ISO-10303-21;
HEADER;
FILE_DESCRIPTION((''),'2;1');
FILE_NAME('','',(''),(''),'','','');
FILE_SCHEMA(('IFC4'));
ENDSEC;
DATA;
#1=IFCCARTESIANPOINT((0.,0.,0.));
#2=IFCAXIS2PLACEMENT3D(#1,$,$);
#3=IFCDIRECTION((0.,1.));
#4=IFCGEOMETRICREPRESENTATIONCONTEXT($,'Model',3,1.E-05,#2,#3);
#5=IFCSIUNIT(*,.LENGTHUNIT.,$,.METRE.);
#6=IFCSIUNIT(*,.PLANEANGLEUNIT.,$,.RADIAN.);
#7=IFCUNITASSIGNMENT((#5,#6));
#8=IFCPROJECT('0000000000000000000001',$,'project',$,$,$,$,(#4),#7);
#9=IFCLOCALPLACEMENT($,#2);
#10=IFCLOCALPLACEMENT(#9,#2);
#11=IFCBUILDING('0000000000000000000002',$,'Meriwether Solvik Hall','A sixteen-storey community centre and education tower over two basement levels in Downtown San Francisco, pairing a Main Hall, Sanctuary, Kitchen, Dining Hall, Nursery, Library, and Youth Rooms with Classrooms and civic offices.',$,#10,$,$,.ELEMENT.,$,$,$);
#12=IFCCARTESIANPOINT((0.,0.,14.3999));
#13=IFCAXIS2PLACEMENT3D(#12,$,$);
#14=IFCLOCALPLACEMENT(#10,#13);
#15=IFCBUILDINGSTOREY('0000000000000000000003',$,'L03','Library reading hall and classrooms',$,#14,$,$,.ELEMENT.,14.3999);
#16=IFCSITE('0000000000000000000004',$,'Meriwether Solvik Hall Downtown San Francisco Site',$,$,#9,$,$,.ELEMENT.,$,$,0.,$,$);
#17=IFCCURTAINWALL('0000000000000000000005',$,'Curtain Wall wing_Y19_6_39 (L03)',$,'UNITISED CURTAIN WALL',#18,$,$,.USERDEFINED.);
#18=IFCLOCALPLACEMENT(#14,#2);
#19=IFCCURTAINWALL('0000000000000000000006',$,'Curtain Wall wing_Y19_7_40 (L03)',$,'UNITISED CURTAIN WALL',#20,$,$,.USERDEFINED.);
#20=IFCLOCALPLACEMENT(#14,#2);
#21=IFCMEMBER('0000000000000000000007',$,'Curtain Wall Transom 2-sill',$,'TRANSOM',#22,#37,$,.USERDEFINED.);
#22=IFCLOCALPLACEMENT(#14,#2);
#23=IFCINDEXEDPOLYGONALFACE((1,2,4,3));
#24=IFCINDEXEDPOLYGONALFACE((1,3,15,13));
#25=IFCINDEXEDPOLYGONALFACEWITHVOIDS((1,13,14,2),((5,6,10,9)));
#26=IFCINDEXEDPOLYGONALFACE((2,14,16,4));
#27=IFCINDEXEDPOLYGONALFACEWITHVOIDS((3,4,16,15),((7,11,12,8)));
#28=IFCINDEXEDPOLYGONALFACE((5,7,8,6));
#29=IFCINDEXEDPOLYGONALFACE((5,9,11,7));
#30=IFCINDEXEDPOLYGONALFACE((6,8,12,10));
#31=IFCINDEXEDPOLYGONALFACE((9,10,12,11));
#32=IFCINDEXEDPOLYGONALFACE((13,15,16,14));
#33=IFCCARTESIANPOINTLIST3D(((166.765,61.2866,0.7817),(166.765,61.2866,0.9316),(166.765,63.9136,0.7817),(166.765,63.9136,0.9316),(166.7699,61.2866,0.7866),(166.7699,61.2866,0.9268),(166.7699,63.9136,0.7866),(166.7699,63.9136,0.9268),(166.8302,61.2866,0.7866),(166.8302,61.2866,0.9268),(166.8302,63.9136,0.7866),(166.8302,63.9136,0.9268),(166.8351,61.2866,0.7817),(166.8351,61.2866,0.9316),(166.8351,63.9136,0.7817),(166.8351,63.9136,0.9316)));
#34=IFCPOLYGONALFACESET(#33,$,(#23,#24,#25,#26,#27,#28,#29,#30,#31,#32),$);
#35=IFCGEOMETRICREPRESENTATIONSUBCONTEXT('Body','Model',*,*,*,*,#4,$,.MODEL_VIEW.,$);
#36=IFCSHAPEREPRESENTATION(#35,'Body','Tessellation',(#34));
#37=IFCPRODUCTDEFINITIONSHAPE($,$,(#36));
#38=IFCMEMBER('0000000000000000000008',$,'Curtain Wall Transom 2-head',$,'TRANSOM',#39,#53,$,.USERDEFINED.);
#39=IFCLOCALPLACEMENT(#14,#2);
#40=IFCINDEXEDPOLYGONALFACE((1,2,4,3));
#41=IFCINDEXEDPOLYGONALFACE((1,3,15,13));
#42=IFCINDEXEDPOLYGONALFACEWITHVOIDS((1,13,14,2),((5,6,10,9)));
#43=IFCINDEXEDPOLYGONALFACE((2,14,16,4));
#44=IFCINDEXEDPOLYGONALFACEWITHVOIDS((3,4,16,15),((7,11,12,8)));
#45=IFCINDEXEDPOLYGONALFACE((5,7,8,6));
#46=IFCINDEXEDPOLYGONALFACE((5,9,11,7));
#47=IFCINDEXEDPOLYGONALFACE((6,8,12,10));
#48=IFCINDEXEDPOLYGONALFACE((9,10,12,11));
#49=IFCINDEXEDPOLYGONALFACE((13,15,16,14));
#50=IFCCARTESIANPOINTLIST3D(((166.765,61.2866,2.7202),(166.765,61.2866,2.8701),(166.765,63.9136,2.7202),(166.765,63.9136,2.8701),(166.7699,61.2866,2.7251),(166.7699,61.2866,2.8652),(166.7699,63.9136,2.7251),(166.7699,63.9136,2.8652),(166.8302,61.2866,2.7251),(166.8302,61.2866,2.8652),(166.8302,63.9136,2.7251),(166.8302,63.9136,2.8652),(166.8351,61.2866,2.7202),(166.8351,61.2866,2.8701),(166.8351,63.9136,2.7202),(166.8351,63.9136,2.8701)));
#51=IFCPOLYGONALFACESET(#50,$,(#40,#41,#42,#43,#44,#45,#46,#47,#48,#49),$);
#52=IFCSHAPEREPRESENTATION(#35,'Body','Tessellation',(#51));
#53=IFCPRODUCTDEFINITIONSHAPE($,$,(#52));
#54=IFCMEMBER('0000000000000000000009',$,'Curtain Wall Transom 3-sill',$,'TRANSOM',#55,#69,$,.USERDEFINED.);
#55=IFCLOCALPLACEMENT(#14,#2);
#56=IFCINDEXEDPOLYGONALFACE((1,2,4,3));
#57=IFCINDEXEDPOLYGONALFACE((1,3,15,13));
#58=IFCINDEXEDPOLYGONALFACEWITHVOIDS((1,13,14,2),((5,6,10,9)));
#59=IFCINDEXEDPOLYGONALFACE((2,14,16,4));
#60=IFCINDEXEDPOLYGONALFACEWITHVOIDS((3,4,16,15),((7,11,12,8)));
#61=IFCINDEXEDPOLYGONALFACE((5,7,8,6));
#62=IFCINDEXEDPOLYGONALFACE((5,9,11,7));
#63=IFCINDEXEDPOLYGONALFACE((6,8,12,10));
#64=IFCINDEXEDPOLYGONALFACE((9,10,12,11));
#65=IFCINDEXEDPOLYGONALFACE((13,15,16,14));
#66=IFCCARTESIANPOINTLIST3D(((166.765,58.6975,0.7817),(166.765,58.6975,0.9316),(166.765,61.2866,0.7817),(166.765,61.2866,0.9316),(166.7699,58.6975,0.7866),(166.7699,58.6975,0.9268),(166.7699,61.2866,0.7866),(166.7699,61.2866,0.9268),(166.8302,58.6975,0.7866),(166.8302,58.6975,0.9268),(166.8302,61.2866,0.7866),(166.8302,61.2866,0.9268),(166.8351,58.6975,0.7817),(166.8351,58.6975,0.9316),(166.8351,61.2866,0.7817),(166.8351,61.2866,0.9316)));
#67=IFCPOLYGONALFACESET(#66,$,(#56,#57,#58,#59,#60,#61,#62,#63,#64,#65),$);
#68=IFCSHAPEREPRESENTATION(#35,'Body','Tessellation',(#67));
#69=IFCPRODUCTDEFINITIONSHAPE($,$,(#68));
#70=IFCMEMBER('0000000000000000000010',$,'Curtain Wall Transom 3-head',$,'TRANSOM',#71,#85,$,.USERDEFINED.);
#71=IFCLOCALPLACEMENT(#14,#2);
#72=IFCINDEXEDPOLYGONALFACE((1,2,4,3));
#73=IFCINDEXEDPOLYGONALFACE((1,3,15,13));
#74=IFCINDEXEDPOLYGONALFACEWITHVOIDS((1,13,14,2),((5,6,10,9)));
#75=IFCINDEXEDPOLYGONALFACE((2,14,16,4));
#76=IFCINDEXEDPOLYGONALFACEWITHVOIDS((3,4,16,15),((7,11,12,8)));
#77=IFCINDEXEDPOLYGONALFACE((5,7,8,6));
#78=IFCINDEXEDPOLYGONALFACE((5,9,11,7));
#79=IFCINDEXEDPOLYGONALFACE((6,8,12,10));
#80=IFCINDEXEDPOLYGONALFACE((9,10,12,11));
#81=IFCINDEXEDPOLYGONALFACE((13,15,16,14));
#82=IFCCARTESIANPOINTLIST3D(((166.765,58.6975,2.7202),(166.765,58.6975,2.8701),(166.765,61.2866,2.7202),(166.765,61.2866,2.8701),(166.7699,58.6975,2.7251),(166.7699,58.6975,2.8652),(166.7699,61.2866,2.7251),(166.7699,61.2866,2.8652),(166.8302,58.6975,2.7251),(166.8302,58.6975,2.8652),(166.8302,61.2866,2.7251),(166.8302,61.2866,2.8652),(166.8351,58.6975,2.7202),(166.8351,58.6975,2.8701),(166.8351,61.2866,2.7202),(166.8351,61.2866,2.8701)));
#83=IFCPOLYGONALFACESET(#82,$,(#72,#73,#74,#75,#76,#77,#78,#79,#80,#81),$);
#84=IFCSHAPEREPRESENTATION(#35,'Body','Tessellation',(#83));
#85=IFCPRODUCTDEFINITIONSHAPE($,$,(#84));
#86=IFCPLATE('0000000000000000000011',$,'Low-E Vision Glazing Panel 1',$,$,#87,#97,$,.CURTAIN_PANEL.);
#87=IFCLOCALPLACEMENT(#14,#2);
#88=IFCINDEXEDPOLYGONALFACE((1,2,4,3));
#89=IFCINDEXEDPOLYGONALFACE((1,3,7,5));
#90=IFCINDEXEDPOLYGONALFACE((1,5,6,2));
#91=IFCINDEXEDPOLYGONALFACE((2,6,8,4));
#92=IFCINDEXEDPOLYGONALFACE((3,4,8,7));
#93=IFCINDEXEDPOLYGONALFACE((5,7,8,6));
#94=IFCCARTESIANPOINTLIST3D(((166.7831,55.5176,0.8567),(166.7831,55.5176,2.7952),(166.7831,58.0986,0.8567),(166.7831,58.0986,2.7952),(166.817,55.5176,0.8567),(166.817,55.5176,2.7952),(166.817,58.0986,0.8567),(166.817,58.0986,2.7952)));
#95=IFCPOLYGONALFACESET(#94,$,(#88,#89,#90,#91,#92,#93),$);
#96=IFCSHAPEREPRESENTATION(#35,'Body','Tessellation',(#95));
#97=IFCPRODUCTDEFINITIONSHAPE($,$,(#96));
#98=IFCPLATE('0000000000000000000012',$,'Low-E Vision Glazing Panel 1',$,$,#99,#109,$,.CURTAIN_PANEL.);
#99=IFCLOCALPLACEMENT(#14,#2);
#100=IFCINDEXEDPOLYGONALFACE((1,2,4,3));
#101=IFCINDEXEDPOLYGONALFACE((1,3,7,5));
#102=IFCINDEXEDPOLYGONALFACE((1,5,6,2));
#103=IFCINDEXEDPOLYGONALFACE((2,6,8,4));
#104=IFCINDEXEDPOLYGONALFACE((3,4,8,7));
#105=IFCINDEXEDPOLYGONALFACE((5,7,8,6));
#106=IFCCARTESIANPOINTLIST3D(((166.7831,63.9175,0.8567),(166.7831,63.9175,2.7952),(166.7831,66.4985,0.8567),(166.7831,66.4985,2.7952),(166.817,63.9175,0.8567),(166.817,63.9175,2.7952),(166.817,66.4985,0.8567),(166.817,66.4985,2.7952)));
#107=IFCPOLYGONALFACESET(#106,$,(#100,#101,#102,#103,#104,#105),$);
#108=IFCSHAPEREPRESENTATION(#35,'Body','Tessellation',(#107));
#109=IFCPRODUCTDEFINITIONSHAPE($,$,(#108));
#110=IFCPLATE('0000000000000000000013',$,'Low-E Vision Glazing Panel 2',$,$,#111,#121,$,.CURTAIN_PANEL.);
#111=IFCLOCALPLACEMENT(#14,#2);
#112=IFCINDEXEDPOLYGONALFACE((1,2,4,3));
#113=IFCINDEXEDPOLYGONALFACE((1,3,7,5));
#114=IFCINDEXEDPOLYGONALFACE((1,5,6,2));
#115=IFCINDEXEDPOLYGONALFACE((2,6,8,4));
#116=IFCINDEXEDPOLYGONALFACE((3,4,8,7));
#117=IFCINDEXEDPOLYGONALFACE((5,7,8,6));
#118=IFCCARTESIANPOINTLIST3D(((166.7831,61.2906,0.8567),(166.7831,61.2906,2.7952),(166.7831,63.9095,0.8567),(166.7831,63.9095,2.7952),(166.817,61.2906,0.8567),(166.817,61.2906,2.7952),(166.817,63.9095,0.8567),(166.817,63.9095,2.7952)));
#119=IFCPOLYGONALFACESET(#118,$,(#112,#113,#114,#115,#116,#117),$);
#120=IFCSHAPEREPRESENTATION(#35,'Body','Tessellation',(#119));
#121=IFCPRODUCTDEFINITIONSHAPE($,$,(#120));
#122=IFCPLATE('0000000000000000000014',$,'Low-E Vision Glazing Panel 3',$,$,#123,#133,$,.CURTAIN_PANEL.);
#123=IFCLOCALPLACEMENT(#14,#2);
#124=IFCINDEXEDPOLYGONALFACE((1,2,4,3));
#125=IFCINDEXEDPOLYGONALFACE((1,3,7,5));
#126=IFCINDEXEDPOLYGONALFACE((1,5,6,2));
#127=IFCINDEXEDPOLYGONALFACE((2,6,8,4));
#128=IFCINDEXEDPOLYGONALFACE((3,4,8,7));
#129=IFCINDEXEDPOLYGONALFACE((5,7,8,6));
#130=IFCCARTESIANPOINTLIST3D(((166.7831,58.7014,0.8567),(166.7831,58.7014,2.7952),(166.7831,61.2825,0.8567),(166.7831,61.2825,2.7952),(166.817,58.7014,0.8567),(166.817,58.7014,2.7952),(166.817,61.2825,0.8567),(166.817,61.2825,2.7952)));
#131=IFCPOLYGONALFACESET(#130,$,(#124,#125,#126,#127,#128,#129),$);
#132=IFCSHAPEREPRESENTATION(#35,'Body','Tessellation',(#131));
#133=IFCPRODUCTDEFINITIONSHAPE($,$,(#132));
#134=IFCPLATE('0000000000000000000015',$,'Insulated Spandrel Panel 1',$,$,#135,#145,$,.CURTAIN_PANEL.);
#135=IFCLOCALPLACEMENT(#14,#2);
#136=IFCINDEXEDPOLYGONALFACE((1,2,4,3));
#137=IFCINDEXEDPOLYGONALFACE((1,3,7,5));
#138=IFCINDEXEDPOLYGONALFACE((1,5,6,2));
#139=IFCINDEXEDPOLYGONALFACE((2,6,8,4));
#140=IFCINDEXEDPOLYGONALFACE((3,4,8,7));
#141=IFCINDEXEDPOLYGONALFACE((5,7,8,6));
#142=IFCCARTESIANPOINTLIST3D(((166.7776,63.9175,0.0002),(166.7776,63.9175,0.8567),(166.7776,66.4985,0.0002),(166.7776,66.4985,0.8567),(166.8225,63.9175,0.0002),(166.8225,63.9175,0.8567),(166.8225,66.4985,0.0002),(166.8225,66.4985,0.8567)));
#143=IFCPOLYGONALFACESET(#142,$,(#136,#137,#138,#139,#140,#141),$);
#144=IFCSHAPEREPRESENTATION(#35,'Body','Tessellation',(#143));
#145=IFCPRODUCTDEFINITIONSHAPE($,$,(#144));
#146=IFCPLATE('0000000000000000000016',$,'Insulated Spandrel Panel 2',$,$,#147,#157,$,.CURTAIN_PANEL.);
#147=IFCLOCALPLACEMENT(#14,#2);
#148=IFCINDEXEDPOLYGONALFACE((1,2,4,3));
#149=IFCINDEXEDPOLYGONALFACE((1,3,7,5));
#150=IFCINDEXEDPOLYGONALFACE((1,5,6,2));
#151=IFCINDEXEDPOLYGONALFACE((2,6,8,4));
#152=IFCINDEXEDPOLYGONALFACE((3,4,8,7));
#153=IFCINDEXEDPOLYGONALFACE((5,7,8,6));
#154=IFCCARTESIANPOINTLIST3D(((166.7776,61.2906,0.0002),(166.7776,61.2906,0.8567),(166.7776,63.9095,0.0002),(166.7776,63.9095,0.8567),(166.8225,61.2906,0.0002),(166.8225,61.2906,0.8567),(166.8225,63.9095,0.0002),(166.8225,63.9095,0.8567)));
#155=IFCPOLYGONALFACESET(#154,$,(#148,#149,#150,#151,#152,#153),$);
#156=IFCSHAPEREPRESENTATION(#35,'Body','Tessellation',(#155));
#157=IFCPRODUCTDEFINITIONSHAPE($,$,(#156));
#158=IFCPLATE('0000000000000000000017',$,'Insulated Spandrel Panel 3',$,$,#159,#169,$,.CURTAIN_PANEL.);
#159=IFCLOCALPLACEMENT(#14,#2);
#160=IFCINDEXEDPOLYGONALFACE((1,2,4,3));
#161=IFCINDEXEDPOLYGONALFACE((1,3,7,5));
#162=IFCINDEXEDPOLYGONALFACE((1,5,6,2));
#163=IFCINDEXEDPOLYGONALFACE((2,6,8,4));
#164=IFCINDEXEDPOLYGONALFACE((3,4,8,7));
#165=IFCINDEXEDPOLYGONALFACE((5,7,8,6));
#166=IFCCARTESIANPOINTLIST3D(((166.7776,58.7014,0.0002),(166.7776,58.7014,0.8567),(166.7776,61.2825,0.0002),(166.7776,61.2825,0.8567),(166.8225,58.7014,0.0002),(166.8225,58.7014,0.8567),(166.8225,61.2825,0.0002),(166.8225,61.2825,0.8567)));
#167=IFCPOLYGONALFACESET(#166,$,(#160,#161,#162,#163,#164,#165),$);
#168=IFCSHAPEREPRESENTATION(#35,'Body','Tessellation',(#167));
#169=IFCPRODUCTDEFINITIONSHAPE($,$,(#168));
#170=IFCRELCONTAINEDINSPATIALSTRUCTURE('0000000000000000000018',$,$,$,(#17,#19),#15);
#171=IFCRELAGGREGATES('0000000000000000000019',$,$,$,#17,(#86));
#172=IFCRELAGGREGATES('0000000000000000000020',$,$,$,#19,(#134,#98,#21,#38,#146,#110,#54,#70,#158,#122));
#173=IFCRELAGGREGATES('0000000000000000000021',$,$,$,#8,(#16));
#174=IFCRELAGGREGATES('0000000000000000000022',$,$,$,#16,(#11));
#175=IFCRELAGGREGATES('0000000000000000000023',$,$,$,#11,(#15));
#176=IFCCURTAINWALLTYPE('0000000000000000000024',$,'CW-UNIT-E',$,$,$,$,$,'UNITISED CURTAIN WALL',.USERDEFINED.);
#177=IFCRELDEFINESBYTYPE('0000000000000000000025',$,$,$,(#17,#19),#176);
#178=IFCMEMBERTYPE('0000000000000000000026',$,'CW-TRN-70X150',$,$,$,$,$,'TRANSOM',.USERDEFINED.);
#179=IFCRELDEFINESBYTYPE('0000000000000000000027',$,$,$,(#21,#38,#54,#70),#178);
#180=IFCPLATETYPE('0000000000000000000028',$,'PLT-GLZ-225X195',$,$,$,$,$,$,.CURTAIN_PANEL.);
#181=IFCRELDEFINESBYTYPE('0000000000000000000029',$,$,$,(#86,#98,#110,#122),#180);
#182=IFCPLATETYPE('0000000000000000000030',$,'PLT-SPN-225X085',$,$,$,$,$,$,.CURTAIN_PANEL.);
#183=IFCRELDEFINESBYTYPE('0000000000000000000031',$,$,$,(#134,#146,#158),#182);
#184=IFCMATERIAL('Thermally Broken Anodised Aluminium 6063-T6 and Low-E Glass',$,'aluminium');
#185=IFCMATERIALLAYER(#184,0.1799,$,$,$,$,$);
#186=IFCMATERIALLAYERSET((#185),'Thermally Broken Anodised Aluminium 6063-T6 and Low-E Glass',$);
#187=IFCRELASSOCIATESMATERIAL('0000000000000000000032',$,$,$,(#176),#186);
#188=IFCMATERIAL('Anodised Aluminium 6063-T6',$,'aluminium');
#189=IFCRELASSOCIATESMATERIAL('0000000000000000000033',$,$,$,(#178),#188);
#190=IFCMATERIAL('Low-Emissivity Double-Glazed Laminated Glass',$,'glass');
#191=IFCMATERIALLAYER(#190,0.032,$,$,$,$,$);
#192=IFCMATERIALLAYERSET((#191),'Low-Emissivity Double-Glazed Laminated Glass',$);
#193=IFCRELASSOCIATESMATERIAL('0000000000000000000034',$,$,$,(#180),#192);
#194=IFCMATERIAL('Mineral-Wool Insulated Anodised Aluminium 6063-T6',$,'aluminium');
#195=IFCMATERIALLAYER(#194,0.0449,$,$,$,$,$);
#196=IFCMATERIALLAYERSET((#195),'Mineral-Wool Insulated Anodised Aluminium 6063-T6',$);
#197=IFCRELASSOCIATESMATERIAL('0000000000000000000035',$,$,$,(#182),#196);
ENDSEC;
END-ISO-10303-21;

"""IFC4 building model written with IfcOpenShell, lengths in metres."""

from ifc_helpers import new_model, si_unit, direction, frame, origin, origin_2d, place, context, subcontext, project, spatial, rectangle, hollow_rectangle, extrude, material, layer, layer_set, material_profile, profile_set, type_object, element, aggregate, save


model = new_model("IFC4")

# Units and contexts
model_context = context("Model", 3, precision=1e-05, world=origin(), true_north=direction((0.0, 1.0)))
body_context = subcontext(model_context, "Body", "Model", "MODEL_VIEW")
ifc_project = project(units=[si_unit("LENGTHUNIT", "METRE"), si_unit("PLANEANGLEUNIT", "RADIAN")], contexts=[model_context])

# Site, building, storey
site_placement = place(None, origin())
site = spatial("IfcSite", under=ifc_project, at=site_placement, Name="Meriwether Solvik Hall Downtown San Francisco Site", CompositionType="ELEMENT", RefElevation=0.0)
building_placement = place(site_placement, origin())
building = spatial("IfcBuilding", under=site, at=building_placement, Name="Meriwether Solvik Hall", Description="A sixteen-storey community centre and education tower over two basement levels in Downtown San Francisco, pairing a Main Hall, Sanctuary, Kitchen, Dining Hall, Nursery, Library, and Youth Rooms with Classrooms and civic offices.", CompositionType="ELEMENT")
storey_placement = place(building_placement, frame((0.0, 0.0, 14.3999)))
storey = spatial("IfcBuildingStorey", under=building, at=storey_placement, Name="L03", Description="Library reading hall and classrooms", CompositionType="ELEMENT", Elevation=14.3999)

# Curtain wall
ifc_material_1 = material(Name="Thermally Broken Anodised Aluminium 6063-T6 and Low-E Glass", Category="aluminium")
ifc_layer_1 = layer(ifc_material_1, 0.1799)
ifc_layer_set_1 = layer_set([ifc_layer_1], Name="Thermally Broken Anodised Aluminium 6063-T6 and Low-E Glass")
curtain_wall_type = type_object("IfcCurtainWallType", Name="CW-UNIT-E", ElementType="UNITISED CURTAIN WALL", PredefinedType="USERDEFINED", material=ifc_layer_set_1)
curtain_wall_1_placement = place(storey_placement, origin())
curtain_wall_1 = element("IfcCurtainWall", 1, at=curtain_wall_1_placement, inside=storey, type_object=curtain_wall_type, Name="Curtain Wall wing_Y19_6_39 (L03)", ObjectType="UNITISED CURTAIN WALL", PredefinedType="USERDEFINED")

# Curtain wall
curtain_wall_2_placement = place(storey_placement, origin())
curtain_wall_2 = element("IfcCurtainWall", 2, at=curtain_wall_2_placement, inside=storey, type_object=curtain_wall_type, Name="Curtain Wall wing_Y19_7_40 (L03)", ObjectType="UNITISED CURTAIN WALL", PredefinedType="USERDEFINED")

# Members
ifc_material_2 = material(Name="Anodised Aluminium 6063-T6", Category="aluminium")
ifc_material_profile_1 = material_profile(ifc_material_2, hollow_rectangle(XDim=0.0701, YDim=0.1499, WallThickness=0.0049, at=origin_2d()), Name="CWT-70X150")
ifc_profile_set_1 = profile_set([ifc_material_profile_1], Name="Anodised Aluminium 6063-T6")
member_type_1 = type_object("IfcMemberType", Name="CW-TRN-70X150", ElementType="TRANSOM", PredefinedType="USERDEFINED", material=ifc_profile_set_1)
member_1_placement = place(storey_placement, frame((166.8, 63.9136, 0.8567), z_axis=(0.0, -1.0, 0.0), x_axis=(1.0, 0.0, 0.0)))
member_1 = element("IfcMember", 3, at=member_1_placement, type_object=member_type_1, Name="Curtain Wall Transom 2-sill", ObjectType="TRANSOM", PredefinedType="USERDEFINED", context=body_context, shape_type="SweptSolid", body=[
    extrude(hollow_rectangle(XDim=0.0701, YDim=0.1499, WallThickness=0.0049, at=origin_2d()), origin(), (0.0, 0.0, 1.0), 2.627),
])
member_2_placement = place(storey_placement, frame((166.8, 63.9136, 2.7952), z_axis=(0.0, -1.0, 0.0), x_axis=(1.0, 0.0, 0.0)))
member_2 = element("IfcMember", 4, at=member_2_placement, type_object=member_type_1, Name="Curtain Wall Transom 2-head", ObjectType="TRANSOM", PredefinedType="USERDEFINED", context=body_context, shape_type="SweptSolid", body=[
    extrude(hollow_rectangle(XDim=0.0701, YDim=0.1499, WallThickness=0.0049, at=origin_2d()), origin(), (0.0, 0.0, 1.0), 2.627),
])
member_3_placement = place(storey_placement, frame((166.8, 61.2866, 0.8567), z_axis=(0.0, -1.0, 0.0), x_axis=(1.0, 0.0, 0.0)))
member_3 = element("IfcMember", 5, at=member_3_placement, type_object=member_type_1, Name="Curtain Wall Transom 3-sill", ObjectType="TRANSOM", PredefinedType="USERDEFINED", context=body_context, shape_type="SweptSolid", body=[
    extrude(hollow_rectangle(XDim=0.0701, YDim=0.1499, WallThickness=0.0049, at=origin_2d()), origin(), (0.0, 0.0, 1.0), 2.5891),
])
member_4_placement = place(storey_placement, frame((166.8, 61.2866, 2.7952), z_axis=(0.0, -1.0, 0.0), x_axis=(1.0, 0.0, 0.0)))
member_4 = element("IfcMember", 6, at=member_4_placement, type_object=member_type_1, Name="Curtain Wall Transom 3-head", ObjectType="TRANSOM", PredefinedType="USERDEFINED", context=body_context, shape_type="SweptSolid", body=[
    extrude(hollow_rectangle(XDim=0.0701, YDim=0.1499, WallThickness=0.0049, at=origin_2d()), origin(), (0.0, 0.0, 1.0), 2.5891),
])

# Plates
ifc_material_3 = material(Name="Low-Emissivity Double-Glazed Laminated Glass", Category="glass")
ifc_layer_2 = layer(ifc_material_3, 0.032)
ifc_layer_set_2 = layer_set([ifc_layer_2], Name="Low-Emissivity Double-Glazed Laminated Glass")
plate_type_1 = type_object("IfcPlateType", Name="PLT-GLZ-225X195", PredefinedType="CURTAIN_PANEL", material=ifc_layer_set_2)
plate_1_placement = place(storey_placement, frame((166.8, 56.8081, 0.8567), z_axis=(0.0, 0.0, 1.0), x_axis=(0.0, -1.0, 0.0)))
plate_1 = element("IfcPlate", 7, at=plate_1_placement, type_object=plate_type_1, Name="Low-E Vision Glazing Panel 1", PredefinedType="CURTAIN_PANEL", context=body_context, shape_type="SweptSolid", body=[
    extrude(rectangle(XDim=2.5811, YDim=0.0339, at=origin_2d()), origin(), (0.0, 0.0, 1.0), 1.9385),
])
aggregate(curtain_wall_1, [plate_1])
plate_2_placement = place(storey_placement, frame((166.8, 65.208, 0.8567), z_axis=(0.0, 0.0, 1.0), x_axis=(0.0, -1.0, 0.0)))
plate_2 = element("IfcPlate", 8, at=plate_2_placement, type_object=plate_type_1, Name="Low-E Vision Glazing Panel 1", PredefinedType="CURTAIN_PANEL", context=body_context, shape_type="SweptSolid", body=[
    extrude(rectangle(XDim=2.5811, YDim=0.0339, at=origin_2d()), origin(), (0.0, 0.0, 1.0), 1.9385),
])
plate_3_placement = place(storey_placement, frame((166.8, 62.6001, 0.8567), z_axis=(0.0, 0.0, 1.0), x_axis=(0.0, -1.0, 0.0)))
plate_3 = element("IfcPlate", 9, at=plate_3_placement, type_object=plate_type_1, Name="Low-E Vision Glazing Panel 2", PredefinedType="CURTAIN_PANEL", context=body_context, shape_type="SweptSolid", body=[
    extrude(rectangle(XDim=2.6189, YDim=0.0339, at=origin_2d()), origin(), (0.0, 0.0, 1.0), 1.9385),
])
plate_4_placement = place(storey_placement, frame((166.8, 59.9919, 0.8567), z_axis=(0.0, 0.0, 1.0), x_axis=(0.0, -1.0, 0.0)))
plate_4 = element("IfcPlate", 10, at=plate_4_placement, type_object=plate_type_1, Name="Low-E Vision Glazing Panel 3", PredefinedType="CURTAIN_PANEL", context=body_context, shape_type="SweptSolid", body=[
    extrude(rectangle(XDim=2.5811, YDim=0.0339, at=origin_2d()), origin(), (0.0, 0.0, 1.0), 1.9385),
])
ifc_material_4 = material(Name="Mineral-Wool Insulated Anodised Aluminium 6063-T6", Category="aluminium")
ifc_layer_3 = layer(ifc_material_4, 0.0449)
ifc_layer_set_3 = layer_set([ifc_layer_3], Name="Mineral-Wool Insulated Anodised Aluminium 6063-T6")
plate_type_2 = type_object("IfcPlateType", Name="PLT-SPN-225X085", PredefinedType="CURTAIN_PANEL", material=ifc_layer_set_3)
plate_5_placement = place(storey_placement, frame((166.8, 65.208, 0.0002), z_axis=(0.0, 0.0, 1.0), x_axis=(0.0, -1.0, 0.0)))
plate_5 = element("IfcPlate", 11, at=plate_5_placement, type_object=plate_type_2, Name="Insulated Spandrel Panel 1", PredefinedType="CURTAIN_PANEL", context=body_context, shape_type="SweptSolid", body=[
    extrude(rectangle(XDim=2.5811, YDim=0.0449, at=origin_2d()), origin(), (0.0, 0.0, 1.0), 0.8564),
])
plate_6_placement = place(storey_placement, frame((166.8, 62.6001, 0.0002), z_axis=(0.0, 0.0, 1.0), x_axis=(0.0, -1.0, 0.0)))
plate_6 = element("IfcPlate", 12, at=plate_6_placement, type_object=plate_type_2, Name="Insulated Spandrel Panel 2", PredefinedType="CURTAIN_PANEL", context=body_context, shape_type="SweptSolid", body=[
    extrude(rectangle(XDim=2.6189, YDim=0.0449, at=origin_2d()), origin(), (0.0, 0.0, 1.0), 0.8564),
])
plate_7_placement = place(storey_placement, frame((166.8, 59.9919, 0.0002), z_axis=(0.0, 0.0, 1.0), x_axis=(0.0, -1.0, 0.0)))
plate_7 = element("IfcPlate", 13, at=plate_7_placement, type_object=plate_type_2, Name="Insulated Spandrel Panel 3", PredefinedType="CURTAIN_PANEL", context=body_context, shape_type="SweptSolid", body=[
    extrude(rectangle(XDim=2.5811, YDim=0.0449, at=origin_2d()), origin(), (0.0, 0.0, 1.0), 0.8564),
])
aggregate(curtain_wall_2, [plate_5, plate_2, member_1, member_2, plate_6, plate_3, member_3, member_4, plate_7, plate_4])

save(model, "model.ifc")
